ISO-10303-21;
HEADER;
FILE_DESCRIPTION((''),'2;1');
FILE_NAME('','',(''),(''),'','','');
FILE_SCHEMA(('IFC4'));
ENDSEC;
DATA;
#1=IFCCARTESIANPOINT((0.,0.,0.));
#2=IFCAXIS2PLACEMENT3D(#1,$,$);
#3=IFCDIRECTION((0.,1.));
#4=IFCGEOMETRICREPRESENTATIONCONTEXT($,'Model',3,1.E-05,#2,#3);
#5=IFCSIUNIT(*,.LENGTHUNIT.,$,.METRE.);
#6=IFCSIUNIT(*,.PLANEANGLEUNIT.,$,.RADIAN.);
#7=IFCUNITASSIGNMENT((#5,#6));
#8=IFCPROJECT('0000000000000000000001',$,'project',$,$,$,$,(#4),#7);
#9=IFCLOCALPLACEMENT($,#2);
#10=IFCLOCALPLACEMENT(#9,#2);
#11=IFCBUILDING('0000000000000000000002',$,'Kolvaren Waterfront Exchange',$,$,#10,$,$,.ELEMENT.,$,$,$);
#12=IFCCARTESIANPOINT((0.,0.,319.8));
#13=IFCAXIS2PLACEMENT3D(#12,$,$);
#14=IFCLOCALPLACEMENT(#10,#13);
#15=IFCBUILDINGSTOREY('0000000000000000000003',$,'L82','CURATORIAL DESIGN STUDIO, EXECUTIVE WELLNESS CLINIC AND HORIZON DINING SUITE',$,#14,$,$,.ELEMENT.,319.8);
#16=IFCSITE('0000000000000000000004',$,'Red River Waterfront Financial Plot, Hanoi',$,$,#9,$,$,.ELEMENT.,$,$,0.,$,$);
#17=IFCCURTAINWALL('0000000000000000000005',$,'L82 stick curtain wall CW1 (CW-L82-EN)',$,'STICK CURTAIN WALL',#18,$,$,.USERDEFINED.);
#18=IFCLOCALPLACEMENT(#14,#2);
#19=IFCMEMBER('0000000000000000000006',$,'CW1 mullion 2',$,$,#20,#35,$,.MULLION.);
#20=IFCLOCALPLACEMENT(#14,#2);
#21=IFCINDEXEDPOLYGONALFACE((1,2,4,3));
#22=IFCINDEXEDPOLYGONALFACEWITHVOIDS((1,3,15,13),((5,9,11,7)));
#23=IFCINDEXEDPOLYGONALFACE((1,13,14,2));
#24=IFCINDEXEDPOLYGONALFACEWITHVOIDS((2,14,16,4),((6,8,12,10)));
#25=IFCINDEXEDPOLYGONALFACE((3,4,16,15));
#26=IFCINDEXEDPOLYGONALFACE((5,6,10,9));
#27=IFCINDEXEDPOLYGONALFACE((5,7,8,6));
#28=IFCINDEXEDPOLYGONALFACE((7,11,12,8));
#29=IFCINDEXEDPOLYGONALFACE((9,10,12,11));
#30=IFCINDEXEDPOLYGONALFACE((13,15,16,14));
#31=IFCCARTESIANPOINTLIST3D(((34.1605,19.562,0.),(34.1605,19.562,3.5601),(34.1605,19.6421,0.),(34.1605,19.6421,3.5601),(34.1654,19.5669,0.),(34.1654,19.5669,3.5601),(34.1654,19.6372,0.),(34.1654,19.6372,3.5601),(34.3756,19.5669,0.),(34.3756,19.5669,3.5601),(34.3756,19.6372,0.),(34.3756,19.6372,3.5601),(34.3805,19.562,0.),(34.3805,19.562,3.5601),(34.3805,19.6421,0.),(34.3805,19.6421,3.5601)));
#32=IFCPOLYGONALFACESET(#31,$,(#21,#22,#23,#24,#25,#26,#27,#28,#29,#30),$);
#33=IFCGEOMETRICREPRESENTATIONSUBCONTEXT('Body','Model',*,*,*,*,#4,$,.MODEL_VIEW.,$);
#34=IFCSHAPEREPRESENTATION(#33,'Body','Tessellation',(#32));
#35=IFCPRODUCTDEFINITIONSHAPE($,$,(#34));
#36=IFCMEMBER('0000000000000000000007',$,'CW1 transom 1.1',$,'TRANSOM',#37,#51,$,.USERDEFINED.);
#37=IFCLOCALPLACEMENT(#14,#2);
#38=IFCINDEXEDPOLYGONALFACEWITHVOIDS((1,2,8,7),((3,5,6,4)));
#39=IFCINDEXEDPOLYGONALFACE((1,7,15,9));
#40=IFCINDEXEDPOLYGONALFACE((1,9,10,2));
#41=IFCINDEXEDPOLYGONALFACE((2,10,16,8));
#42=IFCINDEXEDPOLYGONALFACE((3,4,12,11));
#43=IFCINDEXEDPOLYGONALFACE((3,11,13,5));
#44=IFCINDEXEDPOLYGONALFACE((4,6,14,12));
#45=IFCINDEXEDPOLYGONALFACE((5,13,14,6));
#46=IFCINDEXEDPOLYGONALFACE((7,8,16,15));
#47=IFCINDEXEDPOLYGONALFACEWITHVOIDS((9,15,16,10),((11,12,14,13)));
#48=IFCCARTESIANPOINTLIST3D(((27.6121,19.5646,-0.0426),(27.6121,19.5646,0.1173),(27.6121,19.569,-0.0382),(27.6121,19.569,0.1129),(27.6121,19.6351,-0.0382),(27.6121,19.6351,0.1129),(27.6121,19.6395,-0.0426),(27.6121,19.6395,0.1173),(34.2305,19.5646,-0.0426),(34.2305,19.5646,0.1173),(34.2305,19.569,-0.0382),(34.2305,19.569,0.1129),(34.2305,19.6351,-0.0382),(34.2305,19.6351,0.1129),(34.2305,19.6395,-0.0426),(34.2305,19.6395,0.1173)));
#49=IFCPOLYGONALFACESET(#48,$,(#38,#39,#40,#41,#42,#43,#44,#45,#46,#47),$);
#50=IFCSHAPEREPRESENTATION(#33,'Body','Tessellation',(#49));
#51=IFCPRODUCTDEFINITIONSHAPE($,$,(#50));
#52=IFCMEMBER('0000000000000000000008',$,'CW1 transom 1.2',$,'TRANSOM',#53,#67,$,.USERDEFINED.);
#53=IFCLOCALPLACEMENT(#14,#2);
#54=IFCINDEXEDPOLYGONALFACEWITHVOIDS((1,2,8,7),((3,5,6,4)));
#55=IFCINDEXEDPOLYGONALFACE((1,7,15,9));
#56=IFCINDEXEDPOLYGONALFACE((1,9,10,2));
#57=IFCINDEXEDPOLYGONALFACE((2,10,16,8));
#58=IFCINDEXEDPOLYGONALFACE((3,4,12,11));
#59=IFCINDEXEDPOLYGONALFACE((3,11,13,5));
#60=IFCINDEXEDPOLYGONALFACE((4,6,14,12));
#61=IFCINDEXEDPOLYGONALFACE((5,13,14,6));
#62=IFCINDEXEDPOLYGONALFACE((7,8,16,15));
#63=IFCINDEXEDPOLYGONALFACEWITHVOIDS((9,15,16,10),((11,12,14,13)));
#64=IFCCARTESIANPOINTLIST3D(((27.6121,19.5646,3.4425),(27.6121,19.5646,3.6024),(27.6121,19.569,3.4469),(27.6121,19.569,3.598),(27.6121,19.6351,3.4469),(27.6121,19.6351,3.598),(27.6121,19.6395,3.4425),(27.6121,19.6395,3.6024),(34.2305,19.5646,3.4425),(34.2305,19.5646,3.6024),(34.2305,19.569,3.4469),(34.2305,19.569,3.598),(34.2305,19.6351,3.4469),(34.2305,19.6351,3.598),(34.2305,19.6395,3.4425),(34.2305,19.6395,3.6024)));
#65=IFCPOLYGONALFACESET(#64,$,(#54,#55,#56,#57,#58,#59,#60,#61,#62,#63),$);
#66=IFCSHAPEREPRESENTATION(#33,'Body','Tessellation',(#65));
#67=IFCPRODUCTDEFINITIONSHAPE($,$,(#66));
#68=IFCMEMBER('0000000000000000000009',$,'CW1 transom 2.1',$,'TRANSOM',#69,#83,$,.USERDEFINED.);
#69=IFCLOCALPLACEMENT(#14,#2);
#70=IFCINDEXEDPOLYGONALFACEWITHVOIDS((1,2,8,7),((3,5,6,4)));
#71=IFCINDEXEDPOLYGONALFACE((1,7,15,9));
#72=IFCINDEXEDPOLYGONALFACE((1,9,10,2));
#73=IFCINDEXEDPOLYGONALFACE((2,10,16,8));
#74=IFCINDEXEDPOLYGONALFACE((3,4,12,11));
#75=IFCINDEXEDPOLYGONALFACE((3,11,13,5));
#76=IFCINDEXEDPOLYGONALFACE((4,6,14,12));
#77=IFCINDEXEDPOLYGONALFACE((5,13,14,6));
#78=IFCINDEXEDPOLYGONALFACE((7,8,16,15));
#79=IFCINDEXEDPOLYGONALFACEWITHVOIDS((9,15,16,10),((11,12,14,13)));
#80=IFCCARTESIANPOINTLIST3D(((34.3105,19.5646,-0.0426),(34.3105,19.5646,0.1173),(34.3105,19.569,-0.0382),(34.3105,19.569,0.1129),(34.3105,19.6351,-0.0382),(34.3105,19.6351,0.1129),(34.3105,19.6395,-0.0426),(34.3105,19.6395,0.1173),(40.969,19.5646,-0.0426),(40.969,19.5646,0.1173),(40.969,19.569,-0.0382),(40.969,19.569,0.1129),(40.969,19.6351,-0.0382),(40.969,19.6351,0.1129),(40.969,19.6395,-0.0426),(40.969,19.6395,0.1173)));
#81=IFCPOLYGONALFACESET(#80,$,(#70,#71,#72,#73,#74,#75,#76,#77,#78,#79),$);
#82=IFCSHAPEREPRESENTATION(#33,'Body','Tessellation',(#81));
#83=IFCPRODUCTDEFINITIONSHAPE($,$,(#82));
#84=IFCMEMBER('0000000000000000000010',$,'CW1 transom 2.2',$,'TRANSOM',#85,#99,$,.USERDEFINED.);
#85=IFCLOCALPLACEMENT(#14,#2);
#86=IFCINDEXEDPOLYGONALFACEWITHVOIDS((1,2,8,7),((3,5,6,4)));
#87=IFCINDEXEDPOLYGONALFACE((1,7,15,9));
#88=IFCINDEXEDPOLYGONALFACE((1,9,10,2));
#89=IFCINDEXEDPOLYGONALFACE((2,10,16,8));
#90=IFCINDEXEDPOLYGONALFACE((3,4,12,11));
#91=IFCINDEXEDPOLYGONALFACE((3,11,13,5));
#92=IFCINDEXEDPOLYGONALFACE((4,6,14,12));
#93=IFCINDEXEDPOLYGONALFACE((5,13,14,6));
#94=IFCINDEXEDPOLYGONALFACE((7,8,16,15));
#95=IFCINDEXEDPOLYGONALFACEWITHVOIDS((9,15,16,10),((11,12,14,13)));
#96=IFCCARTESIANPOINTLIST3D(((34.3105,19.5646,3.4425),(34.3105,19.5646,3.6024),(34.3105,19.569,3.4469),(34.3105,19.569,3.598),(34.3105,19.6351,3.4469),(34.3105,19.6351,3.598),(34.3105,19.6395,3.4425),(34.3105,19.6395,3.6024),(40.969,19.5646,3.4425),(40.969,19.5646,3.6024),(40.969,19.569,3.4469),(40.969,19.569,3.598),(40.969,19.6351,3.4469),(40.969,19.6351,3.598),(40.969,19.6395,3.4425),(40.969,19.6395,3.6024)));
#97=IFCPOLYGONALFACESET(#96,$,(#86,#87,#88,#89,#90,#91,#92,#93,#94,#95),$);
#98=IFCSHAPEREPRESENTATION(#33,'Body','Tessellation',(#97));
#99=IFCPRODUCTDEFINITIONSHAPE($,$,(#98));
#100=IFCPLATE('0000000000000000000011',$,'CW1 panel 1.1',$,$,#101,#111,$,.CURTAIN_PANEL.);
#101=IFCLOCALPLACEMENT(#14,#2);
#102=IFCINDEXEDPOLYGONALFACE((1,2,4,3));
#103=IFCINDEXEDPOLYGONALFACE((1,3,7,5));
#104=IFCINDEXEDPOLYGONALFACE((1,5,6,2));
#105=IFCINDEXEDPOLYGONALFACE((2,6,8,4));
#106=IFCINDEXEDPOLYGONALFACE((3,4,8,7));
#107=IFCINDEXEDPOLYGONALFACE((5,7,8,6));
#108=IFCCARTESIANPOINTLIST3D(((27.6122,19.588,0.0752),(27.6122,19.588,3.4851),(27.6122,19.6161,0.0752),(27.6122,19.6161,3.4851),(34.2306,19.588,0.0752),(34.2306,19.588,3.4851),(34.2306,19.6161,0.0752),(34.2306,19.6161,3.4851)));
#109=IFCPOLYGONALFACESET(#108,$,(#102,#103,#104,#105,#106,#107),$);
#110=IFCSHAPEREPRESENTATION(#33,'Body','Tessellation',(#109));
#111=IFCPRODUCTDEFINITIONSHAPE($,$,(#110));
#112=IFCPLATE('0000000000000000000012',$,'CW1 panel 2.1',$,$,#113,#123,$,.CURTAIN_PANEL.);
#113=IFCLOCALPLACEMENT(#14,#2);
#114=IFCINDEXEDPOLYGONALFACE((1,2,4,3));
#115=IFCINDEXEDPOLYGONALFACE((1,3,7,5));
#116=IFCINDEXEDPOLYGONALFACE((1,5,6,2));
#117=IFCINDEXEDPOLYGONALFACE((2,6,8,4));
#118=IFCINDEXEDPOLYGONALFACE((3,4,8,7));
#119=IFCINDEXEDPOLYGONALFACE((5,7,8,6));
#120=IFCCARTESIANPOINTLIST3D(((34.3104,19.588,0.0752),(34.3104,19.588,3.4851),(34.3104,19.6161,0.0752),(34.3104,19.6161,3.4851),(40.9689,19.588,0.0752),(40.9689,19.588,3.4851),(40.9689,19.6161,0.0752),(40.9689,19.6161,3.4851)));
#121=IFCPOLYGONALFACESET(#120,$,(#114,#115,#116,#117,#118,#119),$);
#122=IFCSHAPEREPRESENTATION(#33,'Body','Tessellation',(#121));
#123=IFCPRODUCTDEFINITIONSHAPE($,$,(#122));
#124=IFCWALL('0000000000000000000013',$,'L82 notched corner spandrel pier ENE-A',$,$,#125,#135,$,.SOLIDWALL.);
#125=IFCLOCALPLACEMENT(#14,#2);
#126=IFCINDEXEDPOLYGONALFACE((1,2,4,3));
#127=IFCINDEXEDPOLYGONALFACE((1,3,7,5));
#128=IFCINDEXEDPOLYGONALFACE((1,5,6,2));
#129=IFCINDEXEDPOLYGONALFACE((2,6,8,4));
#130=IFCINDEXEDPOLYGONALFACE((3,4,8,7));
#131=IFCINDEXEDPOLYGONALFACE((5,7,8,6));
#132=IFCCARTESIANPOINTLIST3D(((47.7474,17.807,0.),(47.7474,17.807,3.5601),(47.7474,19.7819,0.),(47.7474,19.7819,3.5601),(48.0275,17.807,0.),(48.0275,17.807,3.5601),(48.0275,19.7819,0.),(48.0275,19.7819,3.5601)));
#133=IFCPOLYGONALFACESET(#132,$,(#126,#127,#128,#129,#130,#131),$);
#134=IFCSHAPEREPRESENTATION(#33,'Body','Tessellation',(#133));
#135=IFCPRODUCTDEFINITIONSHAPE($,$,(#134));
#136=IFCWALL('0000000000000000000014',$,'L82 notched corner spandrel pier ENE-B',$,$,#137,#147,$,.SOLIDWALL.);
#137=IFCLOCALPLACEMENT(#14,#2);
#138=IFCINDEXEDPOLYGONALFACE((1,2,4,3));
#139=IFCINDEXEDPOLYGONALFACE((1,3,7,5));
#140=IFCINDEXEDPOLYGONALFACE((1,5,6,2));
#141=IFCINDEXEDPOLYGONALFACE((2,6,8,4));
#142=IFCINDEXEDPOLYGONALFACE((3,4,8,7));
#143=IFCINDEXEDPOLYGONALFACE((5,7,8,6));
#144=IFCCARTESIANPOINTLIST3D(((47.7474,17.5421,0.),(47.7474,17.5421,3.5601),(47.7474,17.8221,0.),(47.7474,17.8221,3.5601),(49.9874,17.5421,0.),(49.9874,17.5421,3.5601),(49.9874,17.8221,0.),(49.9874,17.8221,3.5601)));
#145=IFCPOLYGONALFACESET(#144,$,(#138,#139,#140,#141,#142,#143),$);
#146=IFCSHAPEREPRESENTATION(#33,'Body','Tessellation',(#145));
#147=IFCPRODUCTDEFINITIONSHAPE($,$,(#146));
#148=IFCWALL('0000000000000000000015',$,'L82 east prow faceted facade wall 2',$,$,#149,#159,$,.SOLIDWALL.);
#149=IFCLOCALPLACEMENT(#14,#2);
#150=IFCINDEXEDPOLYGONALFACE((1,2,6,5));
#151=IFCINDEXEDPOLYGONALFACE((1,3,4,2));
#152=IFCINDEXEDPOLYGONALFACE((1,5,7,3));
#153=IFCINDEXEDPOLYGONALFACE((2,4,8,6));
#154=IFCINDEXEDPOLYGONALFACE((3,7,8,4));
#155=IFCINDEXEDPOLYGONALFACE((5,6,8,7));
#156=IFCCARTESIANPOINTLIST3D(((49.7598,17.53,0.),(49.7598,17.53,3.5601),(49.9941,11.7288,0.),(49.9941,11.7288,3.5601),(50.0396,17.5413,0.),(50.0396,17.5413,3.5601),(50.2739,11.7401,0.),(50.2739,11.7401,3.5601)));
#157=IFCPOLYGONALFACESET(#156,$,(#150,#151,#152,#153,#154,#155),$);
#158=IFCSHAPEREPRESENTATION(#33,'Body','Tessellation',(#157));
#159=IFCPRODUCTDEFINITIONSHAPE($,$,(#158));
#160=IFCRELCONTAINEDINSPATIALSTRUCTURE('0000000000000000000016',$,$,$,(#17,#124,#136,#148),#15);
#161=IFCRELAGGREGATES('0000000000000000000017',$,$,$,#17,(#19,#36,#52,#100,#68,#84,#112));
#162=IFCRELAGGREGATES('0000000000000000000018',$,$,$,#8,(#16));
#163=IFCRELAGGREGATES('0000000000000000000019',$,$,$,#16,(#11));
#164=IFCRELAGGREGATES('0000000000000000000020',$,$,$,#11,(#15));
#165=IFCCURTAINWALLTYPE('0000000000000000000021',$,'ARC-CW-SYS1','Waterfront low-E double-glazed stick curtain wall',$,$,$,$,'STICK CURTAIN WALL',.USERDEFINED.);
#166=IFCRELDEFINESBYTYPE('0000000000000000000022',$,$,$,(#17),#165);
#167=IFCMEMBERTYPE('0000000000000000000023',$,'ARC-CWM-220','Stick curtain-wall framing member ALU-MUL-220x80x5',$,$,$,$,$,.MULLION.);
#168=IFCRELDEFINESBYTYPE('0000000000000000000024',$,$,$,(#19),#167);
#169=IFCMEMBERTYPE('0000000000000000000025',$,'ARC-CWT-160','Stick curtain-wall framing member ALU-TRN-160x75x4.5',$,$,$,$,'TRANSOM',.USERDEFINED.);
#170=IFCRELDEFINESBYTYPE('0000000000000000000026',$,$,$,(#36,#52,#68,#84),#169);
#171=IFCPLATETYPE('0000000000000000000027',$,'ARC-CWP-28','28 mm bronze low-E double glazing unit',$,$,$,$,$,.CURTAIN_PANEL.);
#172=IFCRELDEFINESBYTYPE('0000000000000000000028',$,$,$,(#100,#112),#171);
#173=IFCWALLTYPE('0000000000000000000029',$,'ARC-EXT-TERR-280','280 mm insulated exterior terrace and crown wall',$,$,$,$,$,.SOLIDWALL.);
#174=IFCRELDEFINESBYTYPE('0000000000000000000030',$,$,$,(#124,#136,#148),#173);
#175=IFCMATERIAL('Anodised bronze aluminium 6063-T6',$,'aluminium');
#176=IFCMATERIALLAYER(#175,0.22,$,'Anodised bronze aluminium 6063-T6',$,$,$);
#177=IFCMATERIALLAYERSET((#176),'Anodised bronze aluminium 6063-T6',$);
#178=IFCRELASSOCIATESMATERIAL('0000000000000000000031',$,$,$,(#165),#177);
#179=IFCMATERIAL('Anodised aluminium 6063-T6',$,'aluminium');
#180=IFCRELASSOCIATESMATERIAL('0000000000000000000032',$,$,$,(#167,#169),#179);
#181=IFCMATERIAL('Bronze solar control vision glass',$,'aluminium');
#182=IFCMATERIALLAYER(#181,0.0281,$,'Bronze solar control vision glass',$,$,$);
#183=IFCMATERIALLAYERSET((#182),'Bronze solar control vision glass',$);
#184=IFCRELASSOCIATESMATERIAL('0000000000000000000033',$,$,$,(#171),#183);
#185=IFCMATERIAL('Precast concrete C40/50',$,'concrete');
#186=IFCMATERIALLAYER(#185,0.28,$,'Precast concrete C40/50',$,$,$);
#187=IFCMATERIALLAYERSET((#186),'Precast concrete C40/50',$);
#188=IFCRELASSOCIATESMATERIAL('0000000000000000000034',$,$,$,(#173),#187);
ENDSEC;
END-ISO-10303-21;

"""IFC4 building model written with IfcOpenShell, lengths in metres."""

from ifc_helpers import new_model, si_unit, direction, frame, frame_2d, origin, origin_with_axes, origin_2d, place, context, subcontext, project, spatial, rectangle, hollow_rectangle, extrude, source, transform, mapped, material, layer, layer_set, material_profile, profile_set, type_object, element, aggregate, save


model = new_model("IFC4")

# Units and contexts
model_context = context("Model", 3, precision=1e-05, world=origin(), true_north=direction((0.0, 1.0)))
body_context = subcontext(model_context, "Body", "Model", "MODEL_VIEW")
ifc_project = project(units=[si_unit("LENGTHUNIT", "METRE"), si_unit("PLANEANGLEUNIT", "RADIAN")], contexts=[model_context])

# Site, building, storey
site_placement = place(None, origin())
site = spatial("IfcSite", under=ifc_project, at=site_placement, Name="Red River Waterfront Financial Plot, Hanoi", CompositionType="ELEMENT", RefElevation=0.0)
building_placement = place(site_placement, origin())
building = spatial("IfcBuilding", under=site, at=building_placement, Name="Kolvaren Waterfront Exchange", CompositionType="ELEMENT")
storey_placement = place(building_placement, frame((0.0, 0.0, 319.8)))
storey = spatial("IfcBuildingStorey", under=building, at=storey_placement, Name="L82", Description="CURATORIAL DESIGN STUDIO, EXECUTIVE WELLNESS CLINIC AND HORIZON DINING SUITE", CompositionType="ELEMENT", Elevation=319.8)

# Curtain wall, members, plates
ifc_material_1 = material(Name="Anodised bronze aluminium 6063-T6", Category="aluminium")
ifc_layer_1 = layer(ifc_material_1, 0.22, Name="Anodised bronze aluminium 6063-T6")
ifc_layer_set_1 = layer_set([ifc_layer_1], Name="Anodised bronze aluminium 6063-T6")
curtain_wall_type = type_object("IfcCurtainWallType", Name="ARC-CW-SYS1", Description="Waterfront low-E double-glazed stick curtain wall", ElementType="STICK CURTAIN WALL", PredefinedType="USERDEFINED", material=ifc_layer_set_1)
curtain_wall_placement = place(storey_placement, origin())
curtain_wall = element("IfcCurtainWall", 1, at=curtain_wall_placement, inside=storey, type_object=curtain_wall_type, Name="L82 stick curtain wall CW1 (CW-L82-EN)", ObjectType="STICK CURTAIN WALL", PredefinedType="USERDEFINED")
ifc_material_2 = material(Name="Anodised aluminium 6063-T6", Category="aluminium")
ifc_material_profile_1 = material_profile(ifc_material_2, hollow_rectangle(XDim=0.0801, YDim=0.22, WallThickness=0.0049, at=origin_2d()), Name="ALU-MUL-220x80x5")
ifc_profile_set_1 = profile_set([ifc_material_profile_1], Name="Anodised aluminium 6063-T6")
member_type_1 = type_object("IfcMemberType", Name="ARC-CWM-220", Description="Stick curtain-wall framing member ALU-MUL-220x80x5", PredefinedType="MULLION", material=ifc_profile_set_1)
shared_shape_1 = source(origin_with_axes(), body_context, "Body", "SweptSolid", [
    extrude(hollow_rectangle(XDim=0.0801, YDim=0.22, WallThickness=0.0049, at=origin_2d()), origin(), (0.0, 0.0, 1.0), 3.5601),
])
member_1_placement = place(storey_placement, frame((34.2705, 19.6021, 0.0), z_axis=(0.0, 0.0, 1.0), x_axis=(0.0, 1.0, 0.0)))
member_1 = element("IfcMember", 2, at=member_1_placement, type_object=member_type_1, Name="CW1 mullion 2", PredefinedType="MULLION", context=body_context, shape_type="MappedRepresentation", body=[
    mapped(shared_shape_1, transform((0.0, 0.0, 0.0), x_axis=(1.0, 0.0, 0.0), y_axis=(0.0, 1.0, 0.0), z_axis=(0.0, 0.0, 1.0), scale=1.0)),
])
ifc_material_profile_2 = material_profile(ifc_material_2, hollow_rectangle(XDim=0.075, YDim=0.1599, WallThickness=0.0044, at=origin_2d()), Name="ALU-TRN-160x75x4.5")
ifc_profile_set_2 = profile_set([ifc_material_profile_2], Name="Anodised aluminium 6063-T6")
member_type_2 = type_object("IfcMemberType", Name="ARC-CWT-160", Description="Stick curtain-wall framing member ALU-TRN-160x75x4.5", ElementType="TRANSOM", PredefinedType="USERDEFINED", material=ifc_profile_set_2)
shared_shape_2 = source(origin_with_axes(), body_context, "Body", "SweptSolid", [
    extrude(hollow_rectangle(XDim=0.075, YDim=0.1599, WallThickness=0.0044, at=origin_2d()), origin(), (0.0, 0.0, 1.0), 6.6184),
])
member_2_placement = place(storey_placement, frame((27.6121, 19.6021, 0.0374), z_axis=(1.0, 0.0, 0.0), x_axis=(0.0, 1.0, 0.0)))
member_2 = element("IfcMember", 3, at=member_2_placement, type_object=member_type_2, Name="CW1 transom 1.1", ObjectType="TRANSOM", PredefinedType="USERDEFINED", context=body_context, shape_type="MappedRepresentation", body=[
    mapped(shared_shape_2, transform((0.0, 0.0, 0.0), x_axis=(1.0, 0.0, 0.0), y_axis=(0.0, 1.0, 0.0), z_axis=(0.0, 0.0, 1.0), scale=1.0)),
])
member_3_placement = place(storey_placement, frame((27.6121, 19.6021, 3.5225), z_axis=(1.0, 0.0, 0.0), x_axis=(0.0, 1.0, 0.0)))
member_3 = element("IfcMember", 4, at=member_3_placement, type_object=member_type_2, Name="CW1 transom 1.2", ObjectType="TRANSOM", PredefinedType="USERDEFINED", context=body_context, shape_type="MappedRepresentation", body=[
    mapped(shared_shape_2, transform((0.0, 0.0, 0.0), x_axis=(1.0, 0.0, 0.0), y_axis=(0.0, 1.0, 0.0), z_axis=(0.0, 0.0, 1.0), scale=1.0)),
])
shared_shape_3 = source(origin_with_axes(), body_context, "Body", "SweptSolid", [
    extrude(hollow_rectangle(XDim=0.075, YDim=0.1599, WallThickness=0.0044, at=origin_2d()), origin(), (0.0, 0.0, 1.0), 6.6584),
])
member_4_placement = place(storey_placement, frame((34.3105, 19.6021, 0.0374), z_axis=(1.0, 0.0, 0.0), x_axis=(0.0, 1.0, 0.0)))
member_4 = element("IfcMember", 5, at=member_4_placement, type_object=member_type_2, Name="CW1 transom 2.1", ObjectType="TRANSOM", PredefinedType="USERDEFINED", context=body_context, shape_type="MappedRepresentation", body=[
    mapped(shared_shape_3, transform((0.0, 0.0, 0.0), x_axis=(1.0, 0.0, 0.0), y_axis=(0.0, 1.0, 0.0), z_axis=(0.0, 0.0, 1.0), scale=1.0)),
])
member_5_placement = place(storey_placement, frame((34.3105, 19.6021, 3.5225), z_axis=(1.0, 0.0, 0.0), x_axis=(0.0, 1.0, 0.0)))
member_5 = element("IfcMember", 6, at=member_5_placement, type_object=member_type_2, Name="CW1 transom 2.2", ObjectType="TRANSOM", PredefinedType="USERDEFINED", context=body_context, shape_type="MappedRepresentation", body=[
    mapped(shared_shape_3, transform((0.0, 0.0, 0.0), x_axis=(1.0, 0.0, 0.0), y_axis=(0.0, 1.0, 0.0), z_axis=(0.0, 0.0, 1.0), scale=1.0)),
])
ifc_material_3 = material(Name="Bronze solar control vision glass", Category="aluminium")
ifc_layer_2 = layer(ifc_material_3, 0.0281, Name="Bronze solar control vision glass")
ifc_layer_set_2 = layer_set([ifc_layer_2], Name="Bronze solar control vision glass")
plate_type = type_object("IfcPlateType", Name="ARC-CWP-28", Description="28 mm bronze low-E double glazing unit", PredefinedType="CURTAIN_PANEL", material=ifc_layer_set_2)
shared_shape_4 = source(origin_with_axes(), body_context, "Body", "SweptSolid", [
    extrude(rectangle(XDim=6.6184, YDim=0.0281, at=origin_2d()), origin(), (0.0, 0.0, 1.0), 3.4099),
])
plate_1_placement = place(storey_placement, frame((30.9214, 19.6021, 0.0752), z_axis=(0.0, 0.0, 1.0), x_axis=(1.0, 0.0, 0.0)))
plate_1 = element("IfcPlate", 7, at=plate_1_placement, type_object=plate_type, Name="CW1 panel 1.1", PredefinedType="CURTAIN_PANEL", context=body_context, shape_type="MappedRepresentation", body=[
    mapped(shared_shape_4, transform((0.0, 0.0, 0.0), x_axis=(1.0, 0.0, 0.0), y_axis=(0.0, 1.0, 0.0), z_axis=(0.0, 0.0, 1.0), scale=1.0)),
])
shared_shape_5 = source(origin_with_axes(), body_context, "Body", "SweptSolid", [
    extrude(rectangle(XDim=6.6584, YDim=0.0281, at=origin_2d()), origin(), (0.0, 0.0, 1.0), 3.4099),
])
plate_2_placement = place(storey_placement, frame((37.6396, 19.6021, 0.0752), z_axis=(0.0, 0.0, 1.0), x_axis=(1.0, 0.0, 0.0)))
plate_2 = element("IfcPlate", 8, at=plate_2_placement, type_object=plate_type, Name="CW1 panel 2.1", PredefinedType="CURTAIN_PANEL", context=body_context, shape_type="MappedRepresentation", body=[
    mapped(shared_shape_5, transform((0.0, 0.0, 0.0), x_axis=(1.0, 0.0, 0.0), y_axis=(0.0, 1.0, 0.0), z_axis=(0.0, 0.0, 1.0), scale=1.0)),
])
aggregate(curtain_wall, [member_1, member_2, member_3, plate_1, member_4, member_5, plate_2])

# Walls
ifc_material_4 = material(Name="Precast concrete C40/50", Category="concrete")
ifc_layer_3 = layer(ifc_material_4, 0.28, Name="Precast concrete C40/50")
ifc_layer_set_3 = layer_set([ifc_layer_3], Name="Precast concrete C40/50")
wall_type_1 = type_object("IfcWallType", Name="ARC-EXT-TERR-280", Description="280 mm insulated exterior terrace and crown wall", PredefinedType="SOLIDWALL", material=ifc_layer_set_3)
wall_1_placement = place(storey_placement, frame((47.8875, 17.8071, 0.0), z_axis=(0.0, 0.0, 1.0), x_axis=(0.0, 1.0, 0.0)))
element("IfcWall", 9, at=wall_1_placement, inside=storey, type_object=wall_type_1, Name="L82 notched corner spandrel pier ENE-A", PredefinedType="SOLIDWALL", context=body_context, shape_type="SweptSolid", body=[
    extrude(rectangle(XDim=1.9749, YDim=0.28, at=frame_2d((0.9873, 0.0))), origin(), (0.0, 0.0, 1.0), 3.5601),
])
wall_2_placement = place(storey_placement, frame((47.7473, 17.6821, 0.0), z_axis=(0.0, 0.0, 1.0), x_axis=(1.0, 0.0, 0.0)))
element("IfcWall", 10, at=wall_2_placement, inside=storey, type_object=wall_type_1, Name="L82 notched corner spandrel pier ENE-B", PredefinedType="SOLIDWALL", context=body_context, shape_type="SweptSolid", body=[
    extrude(rectangle(XDim=2.24, YDim=0.28, at=frame_2d((1.1201, 0.0))), origin(), (0.0, 0.0, 1.0), 3.5601),
])
wall_3_placement = place(storey_placement, frame((50.134, 11.7346, 0.0), z_axis=(0.0, 0.0, 1.0), x_axis=(-0.040368, 0.999185, 0.0)))
element("IfcWall", 11, at=wall_3_placement, inside=storey, type_object=wall_type_1, Name="L82 east prow faceted facade wall 2", PredefinedType="SOLIDWALL", context=body_context, shape_type="SweptSolid", body=[
    extrude(rectangle(XDim=5.8059, YDim=0.28, at=frame_2d((2.9028, 0.0))), origin(), (0.0, 0.0, 1.0), 3.5601),
])

save(model, "model.ifc")
